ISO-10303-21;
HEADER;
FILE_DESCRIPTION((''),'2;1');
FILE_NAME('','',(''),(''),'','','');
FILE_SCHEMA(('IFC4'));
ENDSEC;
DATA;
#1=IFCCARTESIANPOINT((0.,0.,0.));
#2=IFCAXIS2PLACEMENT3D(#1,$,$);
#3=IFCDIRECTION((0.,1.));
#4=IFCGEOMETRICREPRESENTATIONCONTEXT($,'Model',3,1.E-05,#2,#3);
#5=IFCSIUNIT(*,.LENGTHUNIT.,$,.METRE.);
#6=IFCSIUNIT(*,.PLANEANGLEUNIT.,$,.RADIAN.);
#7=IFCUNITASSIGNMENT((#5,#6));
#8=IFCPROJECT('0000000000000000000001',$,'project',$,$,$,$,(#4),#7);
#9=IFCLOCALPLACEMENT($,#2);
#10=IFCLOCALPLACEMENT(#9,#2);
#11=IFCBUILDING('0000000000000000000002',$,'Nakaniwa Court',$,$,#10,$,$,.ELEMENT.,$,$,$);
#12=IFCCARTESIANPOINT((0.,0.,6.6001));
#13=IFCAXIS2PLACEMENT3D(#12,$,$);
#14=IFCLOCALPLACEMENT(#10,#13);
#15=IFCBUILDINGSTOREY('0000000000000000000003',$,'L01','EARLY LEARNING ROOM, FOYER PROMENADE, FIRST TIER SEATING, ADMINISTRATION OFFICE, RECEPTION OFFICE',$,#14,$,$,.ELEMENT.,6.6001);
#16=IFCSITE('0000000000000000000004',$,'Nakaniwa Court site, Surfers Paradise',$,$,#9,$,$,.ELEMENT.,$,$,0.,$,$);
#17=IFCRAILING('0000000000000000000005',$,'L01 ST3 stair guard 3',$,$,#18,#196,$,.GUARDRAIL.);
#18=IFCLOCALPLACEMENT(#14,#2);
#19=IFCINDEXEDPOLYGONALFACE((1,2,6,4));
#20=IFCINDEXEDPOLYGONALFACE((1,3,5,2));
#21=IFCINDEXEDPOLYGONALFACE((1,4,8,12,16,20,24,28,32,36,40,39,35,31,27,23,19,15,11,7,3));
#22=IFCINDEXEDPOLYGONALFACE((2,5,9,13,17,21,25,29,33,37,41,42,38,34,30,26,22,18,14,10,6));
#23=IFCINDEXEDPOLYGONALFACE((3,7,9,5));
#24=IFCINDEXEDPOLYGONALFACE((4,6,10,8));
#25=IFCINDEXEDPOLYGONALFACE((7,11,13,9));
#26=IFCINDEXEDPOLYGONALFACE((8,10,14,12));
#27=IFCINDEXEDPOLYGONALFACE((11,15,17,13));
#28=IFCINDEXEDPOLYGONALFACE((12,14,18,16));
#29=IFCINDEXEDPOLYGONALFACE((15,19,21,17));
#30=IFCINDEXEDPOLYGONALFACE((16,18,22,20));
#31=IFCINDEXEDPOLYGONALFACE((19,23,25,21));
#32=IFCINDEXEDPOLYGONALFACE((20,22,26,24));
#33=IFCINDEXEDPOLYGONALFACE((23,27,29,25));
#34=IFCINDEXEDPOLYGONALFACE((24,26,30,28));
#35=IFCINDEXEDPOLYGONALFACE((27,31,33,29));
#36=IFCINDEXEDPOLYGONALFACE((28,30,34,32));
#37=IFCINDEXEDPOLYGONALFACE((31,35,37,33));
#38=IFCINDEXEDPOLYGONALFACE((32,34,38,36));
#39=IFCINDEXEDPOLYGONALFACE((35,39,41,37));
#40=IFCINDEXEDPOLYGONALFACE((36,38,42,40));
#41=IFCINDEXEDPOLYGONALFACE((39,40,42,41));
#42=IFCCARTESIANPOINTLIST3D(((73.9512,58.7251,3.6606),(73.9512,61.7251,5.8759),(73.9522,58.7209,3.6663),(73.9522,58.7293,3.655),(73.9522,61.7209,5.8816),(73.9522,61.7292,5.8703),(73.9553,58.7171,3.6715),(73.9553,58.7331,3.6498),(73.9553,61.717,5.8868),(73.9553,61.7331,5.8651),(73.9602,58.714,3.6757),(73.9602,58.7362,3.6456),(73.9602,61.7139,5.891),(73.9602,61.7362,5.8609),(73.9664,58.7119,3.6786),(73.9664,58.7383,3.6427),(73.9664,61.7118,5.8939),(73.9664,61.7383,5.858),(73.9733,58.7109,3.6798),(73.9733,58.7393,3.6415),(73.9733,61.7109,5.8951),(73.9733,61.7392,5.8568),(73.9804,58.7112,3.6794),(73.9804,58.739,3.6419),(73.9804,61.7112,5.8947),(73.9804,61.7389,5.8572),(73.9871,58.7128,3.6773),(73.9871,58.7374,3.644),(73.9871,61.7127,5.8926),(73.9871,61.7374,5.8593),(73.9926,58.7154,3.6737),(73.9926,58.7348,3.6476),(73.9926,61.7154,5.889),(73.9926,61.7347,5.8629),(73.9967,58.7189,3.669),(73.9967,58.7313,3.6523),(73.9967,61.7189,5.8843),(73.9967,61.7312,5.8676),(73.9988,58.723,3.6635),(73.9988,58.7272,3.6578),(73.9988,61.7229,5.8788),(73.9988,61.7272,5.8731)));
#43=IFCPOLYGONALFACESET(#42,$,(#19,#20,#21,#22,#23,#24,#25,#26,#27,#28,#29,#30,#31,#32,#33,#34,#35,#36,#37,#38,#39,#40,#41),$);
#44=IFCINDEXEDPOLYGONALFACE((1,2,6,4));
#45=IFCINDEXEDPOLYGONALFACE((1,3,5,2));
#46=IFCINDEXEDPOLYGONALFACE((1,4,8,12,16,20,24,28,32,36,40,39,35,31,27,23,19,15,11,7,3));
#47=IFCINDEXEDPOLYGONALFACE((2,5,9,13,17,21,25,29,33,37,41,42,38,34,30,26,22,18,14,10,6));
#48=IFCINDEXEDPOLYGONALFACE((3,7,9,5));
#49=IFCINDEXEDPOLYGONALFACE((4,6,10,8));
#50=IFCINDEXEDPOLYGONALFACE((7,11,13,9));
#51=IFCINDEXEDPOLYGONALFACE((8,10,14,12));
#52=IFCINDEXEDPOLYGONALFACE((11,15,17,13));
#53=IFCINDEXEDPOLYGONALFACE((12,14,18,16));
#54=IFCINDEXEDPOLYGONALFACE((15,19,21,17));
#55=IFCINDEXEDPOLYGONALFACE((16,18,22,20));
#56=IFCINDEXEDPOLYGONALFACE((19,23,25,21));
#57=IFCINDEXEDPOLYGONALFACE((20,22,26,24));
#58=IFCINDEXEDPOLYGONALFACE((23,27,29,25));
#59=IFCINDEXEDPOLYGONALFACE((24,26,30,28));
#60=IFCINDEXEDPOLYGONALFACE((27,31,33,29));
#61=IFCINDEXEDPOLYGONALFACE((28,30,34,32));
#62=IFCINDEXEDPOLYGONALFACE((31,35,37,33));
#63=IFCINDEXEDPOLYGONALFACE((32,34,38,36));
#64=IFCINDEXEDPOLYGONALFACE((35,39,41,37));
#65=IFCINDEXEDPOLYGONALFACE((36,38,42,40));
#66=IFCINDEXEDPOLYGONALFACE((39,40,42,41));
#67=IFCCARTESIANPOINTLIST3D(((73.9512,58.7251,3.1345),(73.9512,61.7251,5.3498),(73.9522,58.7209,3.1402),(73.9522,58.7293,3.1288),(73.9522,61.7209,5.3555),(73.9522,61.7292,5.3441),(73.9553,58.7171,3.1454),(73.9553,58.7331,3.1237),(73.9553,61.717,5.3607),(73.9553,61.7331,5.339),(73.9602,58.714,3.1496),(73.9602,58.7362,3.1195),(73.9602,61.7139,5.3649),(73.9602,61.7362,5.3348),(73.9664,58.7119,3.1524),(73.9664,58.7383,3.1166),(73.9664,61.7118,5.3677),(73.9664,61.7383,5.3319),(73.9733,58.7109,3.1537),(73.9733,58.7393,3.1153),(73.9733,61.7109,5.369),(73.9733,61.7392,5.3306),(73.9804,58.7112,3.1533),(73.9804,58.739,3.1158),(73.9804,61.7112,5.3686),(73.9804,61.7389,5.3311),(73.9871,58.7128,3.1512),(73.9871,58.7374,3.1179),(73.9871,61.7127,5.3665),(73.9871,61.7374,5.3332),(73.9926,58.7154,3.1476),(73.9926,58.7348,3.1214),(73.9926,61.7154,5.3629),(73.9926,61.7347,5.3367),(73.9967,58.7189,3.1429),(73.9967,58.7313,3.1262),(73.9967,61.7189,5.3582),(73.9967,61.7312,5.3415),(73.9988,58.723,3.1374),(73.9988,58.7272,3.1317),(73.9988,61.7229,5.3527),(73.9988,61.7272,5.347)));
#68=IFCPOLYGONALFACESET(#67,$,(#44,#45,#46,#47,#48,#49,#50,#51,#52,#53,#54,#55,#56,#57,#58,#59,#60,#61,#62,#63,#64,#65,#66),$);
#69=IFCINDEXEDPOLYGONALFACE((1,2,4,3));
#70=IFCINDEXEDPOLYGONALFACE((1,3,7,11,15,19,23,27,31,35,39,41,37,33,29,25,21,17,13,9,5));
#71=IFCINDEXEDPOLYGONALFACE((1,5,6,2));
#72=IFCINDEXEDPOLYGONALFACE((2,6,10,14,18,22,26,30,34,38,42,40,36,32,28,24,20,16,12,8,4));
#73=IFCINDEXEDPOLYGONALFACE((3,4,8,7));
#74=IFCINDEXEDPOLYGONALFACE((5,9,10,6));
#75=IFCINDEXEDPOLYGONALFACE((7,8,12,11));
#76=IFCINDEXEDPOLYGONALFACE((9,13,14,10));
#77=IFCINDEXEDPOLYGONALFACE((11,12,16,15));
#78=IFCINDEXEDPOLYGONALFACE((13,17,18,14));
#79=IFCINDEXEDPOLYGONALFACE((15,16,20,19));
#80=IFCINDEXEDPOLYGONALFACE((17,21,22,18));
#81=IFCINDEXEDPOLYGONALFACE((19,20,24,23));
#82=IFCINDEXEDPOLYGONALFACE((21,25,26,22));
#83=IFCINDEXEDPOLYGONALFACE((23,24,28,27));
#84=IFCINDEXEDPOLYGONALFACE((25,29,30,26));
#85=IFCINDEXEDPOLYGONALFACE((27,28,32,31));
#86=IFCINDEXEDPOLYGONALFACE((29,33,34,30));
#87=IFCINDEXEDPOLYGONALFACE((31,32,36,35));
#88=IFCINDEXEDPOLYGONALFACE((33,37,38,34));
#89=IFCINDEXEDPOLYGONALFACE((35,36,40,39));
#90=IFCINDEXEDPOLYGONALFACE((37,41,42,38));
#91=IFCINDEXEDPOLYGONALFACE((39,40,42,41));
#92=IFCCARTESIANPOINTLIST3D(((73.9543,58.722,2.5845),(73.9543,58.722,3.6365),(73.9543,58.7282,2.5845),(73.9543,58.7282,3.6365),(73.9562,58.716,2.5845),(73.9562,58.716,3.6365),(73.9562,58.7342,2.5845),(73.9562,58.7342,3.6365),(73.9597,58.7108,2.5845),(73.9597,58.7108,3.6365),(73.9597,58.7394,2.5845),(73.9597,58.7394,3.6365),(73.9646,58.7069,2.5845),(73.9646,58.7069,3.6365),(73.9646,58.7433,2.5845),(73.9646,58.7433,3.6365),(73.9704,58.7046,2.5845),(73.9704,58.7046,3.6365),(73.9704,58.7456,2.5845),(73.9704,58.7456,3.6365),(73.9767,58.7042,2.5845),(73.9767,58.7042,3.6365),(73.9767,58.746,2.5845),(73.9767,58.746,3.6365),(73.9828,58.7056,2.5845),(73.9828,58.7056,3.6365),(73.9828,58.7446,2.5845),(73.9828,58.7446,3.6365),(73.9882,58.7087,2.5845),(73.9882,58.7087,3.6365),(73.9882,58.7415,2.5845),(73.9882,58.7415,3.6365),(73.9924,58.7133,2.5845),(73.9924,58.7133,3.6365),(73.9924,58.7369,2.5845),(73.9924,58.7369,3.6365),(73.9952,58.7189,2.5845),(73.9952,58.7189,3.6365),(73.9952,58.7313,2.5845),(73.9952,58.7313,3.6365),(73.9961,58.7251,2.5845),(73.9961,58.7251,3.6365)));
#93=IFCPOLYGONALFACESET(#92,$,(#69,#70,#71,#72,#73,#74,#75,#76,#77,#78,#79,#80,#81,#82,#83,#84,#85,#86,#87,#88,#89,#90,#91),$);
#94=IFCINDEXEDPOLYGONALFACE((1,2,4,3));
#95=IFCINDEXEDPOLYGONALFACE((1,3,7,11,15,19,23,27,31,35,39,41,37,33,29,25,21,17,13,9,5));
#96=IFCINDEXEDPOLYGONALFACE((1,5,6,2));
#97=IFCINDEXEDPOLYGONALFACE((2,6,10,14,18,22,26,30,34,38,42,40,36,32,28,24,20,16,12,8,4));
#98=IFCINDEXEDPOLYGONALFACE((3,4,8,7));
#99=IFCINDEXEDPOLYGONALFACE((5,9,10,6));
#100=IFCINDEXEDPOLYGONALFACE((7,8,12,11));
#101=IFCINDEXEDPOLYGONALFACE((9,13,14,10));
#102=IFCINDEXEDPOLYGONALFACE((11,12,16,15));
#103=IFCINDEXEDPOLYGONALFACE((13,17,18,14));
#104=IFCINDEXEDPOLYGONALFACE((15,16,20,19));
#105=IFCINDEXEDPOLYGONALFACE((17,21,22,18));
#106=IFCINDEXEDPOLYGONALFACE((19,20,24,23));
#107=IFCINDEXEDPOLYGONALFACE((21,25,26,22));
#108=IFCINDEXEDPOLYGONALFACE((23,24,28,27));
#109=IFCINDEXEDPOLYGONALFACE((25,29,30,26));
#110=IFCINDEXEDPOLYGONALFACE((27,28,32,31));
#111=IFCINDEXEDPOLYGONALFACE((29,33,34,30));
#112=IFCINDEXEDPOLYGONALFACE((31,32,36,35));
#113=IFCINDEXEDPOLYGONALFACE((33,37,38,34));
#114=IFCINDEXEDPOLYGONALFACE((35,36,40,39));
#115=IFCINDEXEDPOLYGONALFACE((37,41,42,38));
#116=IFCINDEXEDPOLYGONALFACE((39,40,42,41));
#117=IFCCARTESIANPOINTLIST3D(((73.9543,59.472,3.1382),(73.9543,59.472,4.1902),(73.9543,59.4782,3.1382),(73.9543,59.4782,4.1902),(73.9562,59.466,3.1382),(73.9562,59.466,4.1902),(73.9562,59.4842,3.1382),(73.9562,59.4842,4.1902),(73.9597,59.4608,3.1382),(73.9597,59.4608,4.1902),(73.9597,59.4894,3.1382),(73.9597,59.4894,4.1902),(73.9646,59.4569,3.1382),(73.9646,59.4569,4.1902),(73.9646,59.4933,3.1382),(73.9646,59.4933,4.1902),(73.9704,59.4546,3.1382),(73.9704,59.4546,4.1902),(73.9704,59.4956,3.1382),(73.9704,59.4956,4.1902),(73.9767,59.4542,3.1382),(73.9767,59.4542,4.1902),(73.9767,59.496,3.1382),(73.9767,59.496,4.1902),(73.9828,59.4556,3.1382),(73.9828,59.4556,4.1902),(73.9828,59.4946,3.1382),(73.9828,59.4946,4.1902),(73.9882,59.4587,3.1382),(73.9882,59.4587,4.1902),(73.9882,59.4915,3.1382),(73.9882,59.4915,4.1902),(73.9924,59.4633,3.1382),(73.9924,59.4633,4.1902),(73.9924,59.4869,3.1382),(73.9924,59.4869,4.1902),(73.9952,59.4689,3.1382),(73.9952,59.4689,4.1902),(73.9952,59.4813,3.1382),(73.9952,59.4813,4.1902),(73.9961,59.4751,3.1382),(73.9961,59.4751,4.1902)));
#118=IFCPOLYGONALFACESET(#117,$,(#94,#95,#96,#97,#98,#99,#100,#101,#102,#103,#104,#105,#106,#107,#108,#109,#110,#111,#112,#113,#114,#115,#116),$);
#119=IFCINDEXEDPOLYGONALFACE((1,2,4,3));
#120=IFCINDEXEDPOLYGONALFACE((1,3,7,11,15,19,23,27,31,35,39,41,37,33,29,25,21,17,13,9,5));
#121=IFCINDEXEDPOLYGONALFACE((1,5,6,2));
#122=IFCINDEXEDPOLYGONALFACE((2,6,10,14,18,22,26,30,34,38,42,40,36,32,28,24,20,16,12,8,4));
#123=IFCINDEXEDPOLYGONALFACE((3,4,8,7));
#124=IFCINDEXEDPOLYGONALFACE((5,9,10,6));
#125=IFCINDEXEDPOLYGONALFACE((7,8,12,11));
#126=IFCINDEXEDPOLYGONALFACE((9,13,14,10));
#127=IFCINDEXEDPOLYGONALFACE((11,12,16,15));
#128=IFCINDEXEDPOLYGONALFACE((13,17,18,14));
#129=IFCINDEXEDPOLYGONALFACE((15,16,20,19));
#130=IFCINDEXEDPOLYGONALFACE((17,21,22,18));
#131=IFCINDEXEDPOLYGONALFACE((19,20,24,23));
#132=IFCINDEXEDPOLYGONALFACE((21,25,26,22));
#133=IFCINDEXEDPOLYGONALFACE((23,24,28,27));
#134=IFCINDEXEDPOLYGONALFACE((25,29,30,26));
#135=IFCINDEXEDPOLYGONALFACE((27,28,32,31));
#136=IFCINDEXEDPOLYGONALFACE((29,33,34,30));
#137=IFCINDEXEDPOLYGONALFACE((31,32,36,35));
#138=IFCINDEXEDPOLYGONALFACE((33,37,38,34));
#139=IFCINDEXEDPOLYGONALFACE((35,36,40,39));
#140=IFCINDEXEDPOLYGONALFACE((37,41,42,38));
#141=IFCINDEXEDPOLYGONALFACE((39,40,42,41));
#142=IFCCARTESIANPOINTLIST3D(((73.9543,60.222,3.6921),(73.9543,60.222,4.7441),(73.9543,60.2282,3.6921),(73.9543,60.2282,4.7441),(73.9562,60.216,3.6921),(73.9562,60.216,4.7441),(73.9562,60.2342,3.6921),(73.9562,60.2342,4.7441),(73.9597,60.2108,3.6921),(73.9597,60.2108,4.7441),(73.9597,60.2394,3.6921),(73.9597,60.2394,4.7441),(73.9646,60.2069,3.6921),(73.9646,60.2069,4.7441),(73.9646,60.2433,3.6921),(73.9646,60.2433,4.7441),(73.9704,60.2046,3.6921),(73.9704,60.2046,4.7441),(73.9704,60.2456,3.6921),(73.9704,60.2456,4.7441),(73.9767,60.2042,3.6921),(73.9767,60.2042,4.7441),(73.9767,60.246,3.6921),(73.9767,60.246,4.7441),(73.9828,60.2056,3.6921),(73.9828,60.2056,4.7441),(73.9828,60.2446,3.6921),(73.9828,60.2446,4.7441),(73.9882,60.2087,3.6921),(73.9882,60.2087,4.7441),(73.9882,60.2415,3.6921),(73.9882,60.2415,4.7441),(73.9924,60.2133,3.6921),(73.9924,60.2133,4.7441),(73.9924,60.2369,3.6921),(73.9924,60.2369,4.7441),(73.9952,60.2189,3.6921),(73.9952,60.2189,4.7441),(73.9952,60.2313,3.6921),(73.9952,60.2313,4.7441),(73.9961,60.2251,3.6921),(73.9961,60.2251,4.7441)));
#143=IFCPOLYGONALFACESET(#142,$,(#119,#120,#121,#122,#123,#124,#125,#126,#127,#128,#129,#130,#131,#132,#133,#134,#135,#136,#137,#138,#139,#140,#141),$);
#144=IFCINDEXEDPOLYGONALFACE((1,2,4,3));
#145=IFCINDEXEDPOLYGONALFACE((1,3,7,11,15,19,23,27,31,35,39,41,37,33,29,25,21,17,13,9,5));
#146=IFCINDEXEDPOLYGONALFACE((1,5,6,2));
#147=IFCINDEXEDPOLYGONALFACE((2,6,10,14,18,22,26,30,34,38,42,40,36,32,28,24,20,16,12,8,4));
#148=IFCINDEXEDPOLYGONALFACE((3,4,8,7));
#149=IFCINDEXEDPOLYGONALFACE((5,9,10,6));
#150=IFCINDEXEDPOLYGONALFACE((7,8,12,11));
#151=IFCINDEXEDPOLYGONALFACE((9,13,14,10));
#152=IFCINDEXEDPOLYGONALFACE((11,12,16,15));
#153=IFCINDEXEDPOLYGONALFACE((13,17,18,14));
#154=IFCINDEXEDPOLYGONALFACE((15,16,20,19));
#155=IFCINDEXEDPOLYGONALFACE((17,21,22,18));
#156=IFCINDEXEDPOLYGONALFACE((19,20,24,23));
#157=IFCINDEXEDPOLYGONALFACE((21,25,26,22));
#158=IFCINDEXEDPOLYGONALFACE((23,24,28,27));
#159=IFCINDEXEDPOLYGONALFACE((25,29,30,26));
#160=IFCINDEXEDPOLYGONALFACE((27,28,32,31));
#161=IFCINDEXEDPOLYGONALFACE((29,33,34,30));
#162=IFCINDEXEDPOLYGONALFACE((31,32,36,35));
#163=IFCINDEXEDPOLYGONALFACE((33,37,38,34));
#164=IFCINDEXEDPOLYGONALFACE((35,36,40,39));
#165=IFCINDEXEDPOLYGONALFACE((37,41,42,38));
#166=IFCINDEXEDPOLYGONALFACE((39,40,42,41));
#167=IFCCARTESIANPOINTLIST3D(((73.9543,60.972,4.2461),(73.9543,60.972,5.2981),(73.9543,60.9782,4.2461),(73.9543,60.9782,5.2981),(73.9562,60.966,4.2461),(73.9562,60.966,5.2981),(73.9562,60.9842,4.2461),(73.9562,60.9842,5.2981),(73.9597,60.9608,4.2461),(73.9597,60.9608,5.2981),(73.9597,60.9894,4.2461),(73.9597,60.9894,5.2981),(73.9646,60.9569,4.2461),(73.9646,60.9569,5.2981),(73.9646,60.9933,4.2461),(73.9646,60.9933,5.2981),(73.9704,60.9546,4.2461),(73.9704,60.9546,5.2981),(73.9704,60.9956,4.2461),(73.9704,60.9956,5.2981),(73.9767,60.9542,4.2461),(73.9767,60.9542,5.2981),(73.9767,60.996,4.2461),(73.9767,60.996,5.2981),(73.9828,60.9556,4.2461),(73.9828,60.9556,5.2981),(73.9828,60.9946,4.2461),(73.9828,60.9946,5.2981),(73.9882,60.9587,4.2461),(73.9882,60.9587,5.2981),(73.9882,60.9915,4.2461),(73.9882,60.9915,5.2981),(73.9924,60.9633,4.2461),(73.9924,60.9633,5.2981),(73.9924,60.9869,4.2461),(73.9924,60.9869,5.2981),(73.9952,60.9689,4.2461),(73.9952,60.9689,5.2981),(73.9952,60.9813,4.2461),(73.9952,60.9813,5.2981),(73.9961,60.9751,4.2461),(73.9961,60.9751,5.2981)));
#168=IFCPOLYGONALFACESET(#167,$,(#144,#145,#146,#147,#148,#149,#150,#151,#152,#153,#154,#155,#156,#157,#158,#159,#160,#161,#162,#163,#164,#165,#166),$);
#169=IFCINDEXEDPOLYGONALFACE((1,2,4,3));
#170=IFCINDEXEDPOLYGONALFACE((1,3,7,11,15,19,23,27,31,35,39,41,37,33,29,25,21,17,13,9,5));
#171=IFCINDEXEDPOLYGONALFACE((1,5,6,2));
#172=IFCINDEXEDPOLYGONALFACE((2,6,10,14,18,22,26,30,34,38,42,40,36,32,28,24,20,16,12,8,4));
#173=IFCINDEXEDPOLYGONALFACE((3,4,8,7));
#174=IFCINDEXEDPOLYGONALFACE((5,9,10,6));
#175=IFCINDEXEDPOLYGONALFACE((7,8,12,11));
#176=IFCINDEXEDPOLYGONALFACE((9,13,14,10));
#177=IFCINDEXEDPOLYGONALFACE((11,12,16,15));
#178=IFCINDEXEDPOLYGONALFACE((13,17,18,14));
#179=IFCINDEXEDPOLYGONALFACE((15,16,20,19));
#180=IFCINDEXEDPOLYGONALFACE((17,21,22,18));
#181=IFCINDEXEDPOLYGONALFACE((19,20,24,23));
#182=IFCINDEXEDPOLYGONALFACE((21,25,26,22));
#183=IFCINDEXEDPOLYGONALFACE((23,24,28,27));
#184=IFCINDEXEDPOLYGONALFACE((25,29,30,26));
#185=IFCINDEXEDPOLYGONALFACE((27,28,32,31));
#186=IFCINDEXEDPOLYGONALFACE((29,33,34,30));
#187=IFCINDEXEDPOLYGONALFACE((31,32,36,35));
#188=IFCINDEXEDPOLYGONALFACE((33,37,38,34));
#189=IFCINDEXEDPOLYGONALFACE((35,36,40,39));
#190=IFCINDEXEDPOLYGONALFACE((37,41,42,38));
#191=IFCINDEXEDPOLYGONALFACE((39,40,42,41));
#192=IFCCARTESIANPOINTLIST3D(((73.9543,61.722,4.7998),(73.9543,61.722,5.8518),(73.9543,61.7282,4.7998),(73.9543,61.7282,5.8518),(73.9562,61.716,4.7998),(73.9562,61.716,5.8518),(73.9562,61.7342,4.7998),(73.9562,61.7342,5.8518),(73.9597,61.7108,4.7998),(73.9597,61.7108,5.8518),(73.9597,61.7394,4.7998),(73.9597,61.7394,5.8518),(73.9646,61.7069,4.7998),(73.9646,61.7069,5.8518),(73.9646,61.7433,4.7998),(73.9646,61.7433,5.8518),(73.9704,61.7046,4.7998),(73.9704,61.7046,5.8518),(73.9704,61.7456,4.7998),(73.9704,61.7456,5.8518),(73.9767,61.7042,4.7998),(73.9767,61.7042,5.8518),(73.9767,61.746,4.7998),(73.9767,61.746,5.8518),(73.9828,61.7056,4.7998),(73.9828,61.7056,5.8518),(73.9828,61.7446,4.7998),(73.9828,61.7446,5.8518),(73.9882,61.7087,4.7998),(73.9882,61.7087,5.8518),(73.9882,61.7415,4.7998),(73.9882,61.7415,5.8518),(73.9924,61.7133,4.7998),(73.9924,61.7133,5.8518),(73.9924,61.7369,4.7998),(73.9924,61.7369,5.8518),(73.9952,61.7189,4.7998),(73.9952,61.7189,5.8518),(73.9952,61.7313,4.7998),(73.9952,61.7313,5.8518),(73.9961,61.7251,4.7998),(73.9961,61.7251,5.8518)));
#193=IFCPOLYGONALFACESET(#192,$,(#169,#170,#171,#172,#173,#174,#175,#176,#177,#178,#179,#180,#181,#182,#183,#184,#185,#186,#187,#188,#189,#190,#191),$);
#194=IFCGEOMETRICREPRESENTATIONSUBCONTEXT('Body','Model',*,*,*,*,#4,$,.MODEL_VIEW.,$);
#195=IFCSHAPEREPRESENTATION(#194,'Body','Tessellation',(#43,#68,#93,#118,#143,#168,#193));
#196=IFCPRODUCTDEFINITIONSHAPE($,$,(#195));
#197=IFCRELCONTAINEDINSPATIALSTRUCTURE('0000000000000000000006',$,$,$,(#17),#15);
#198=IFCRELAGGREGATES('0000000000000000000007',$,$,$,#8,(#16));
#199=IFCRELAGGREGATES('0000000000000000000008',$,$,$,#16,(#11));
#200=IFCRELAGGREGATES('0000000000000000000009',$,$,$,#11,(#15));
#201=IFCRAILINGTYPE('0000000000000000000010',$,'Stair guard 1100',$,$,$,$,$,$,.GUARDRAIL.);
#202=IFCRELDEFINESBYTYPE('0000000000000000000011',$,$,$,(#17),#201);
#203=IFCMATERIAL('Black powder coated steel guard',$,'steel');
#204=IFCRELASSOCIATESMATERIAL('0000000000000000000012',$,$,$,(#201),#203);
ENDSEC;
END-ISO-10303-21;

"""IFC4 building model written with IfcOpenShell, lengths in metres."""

from ifc_helpers import new_model, si_unit, direction, frame, origin, origin_2d, place, context, subcontext, project, spatial, circle, extrude, material, type_object, element, save


model = new_model("IFC4")

# Units and contexts
model_context = context("Model", 3, precision=1e-05, world=origin(), true_north=direction((0.0, 1.0)))
body_context = subcontext(model_context, "Body", "Model", "MODEL_VIEW")
ifc_project = project(units=[si_unit("LENGTHUNIT", "METRE"), si_unit("PLANEANGLEUNIT", "RADIAN")], contexts=[model_context])

# Site, building, storey
site_placement = place(None, origin())
site = spatial("IfcSite", under=ifc_project, at=site_placement, Name="Nakaniwa Court site, Surfers Paradise", CompositionType="ELEMENT", RefElevation=0.0)
building_placement = place(site_placement, origin())
building = spatial("IfcBuilding", under=site, at=building_placement, Name="Nakaniwa Court", CompositionType="ELEMENT")
storey_placement = place(building_placement, frame((0.0, 0.0, 6.6001)))
storey = spatial("IfcBuildingStorey", under=building, at=storey_placement, Name="L01", Description="EARLY LEARNING ROOM, FOYER PROMENADE, FIRST TIER SEATING, ADMINISTRATION OFFICE, RECEPTION OFFICE", CompositionType="ELEMENT", Elevation=6.6001)

# Railing
ifc_material_1 = material(Name="Black powder coated steel guard", Category="steel")
railing_type_1 = type_object("IfcRailingType", Name="Stair guard 1100", PredefinedType="GUARDRAIL", material=ifc_material_1)
railing_1_placement = place(storey_placement, frame((73.9751, 58.7251, 2.5845)))
element("IfcRailing", 1, at=railing_1_placement, inside=storey, type_object=railing_type_1, Name="L01 ST3 stair guard 3", PredefinedType="GUARDRAIL", context=body_context, shape_type="SweptSolid", body=[
    extrude(circle(Radius=0.0239, at=origin_2d()), frame((0.0, 0.0, 1.0762), z_axis=(0.0, 0.80444, 0.594034), x_axis=(-1.0, 0.0, 0.0)), (0.0, 0.0, 1.0), 3.7292),
    extrude(circle(Radius=0.0239, at=origin_2d()), frame((0.0, 0.0, 0.55), z_axis=(0.0, 0.80444, 0.594034), x_axis=(-1.0, 0.0, 0.0)), (0.0, 0.0, 1.0), 3.7292),
    extrude(circle(Radius=0.021, at=origin_2d()), origin(), (0.0, 0.0, 1.0), 1.052),
    extrude(circle(Radius=0.021, at=origin_2d()), frame((0.0, 0.75, 0.5537)), (0.0, 0.0, 1.0), 1.052),
    extrude(circle(Radius=0.021, at=origin_2d()), frame((0.0, 1.5, 1.1077)), (0.0, 0.0, 1.0), 1.052),
    extrude(circle(Radius=0.021, at=origin_2d()), frame((0.0, 2.25, 1.6616)), (0.0, 0.0, 1.0), 1.052),
    extrude(circle(Radius=0.021, at=origin_2d()), frame((0.0, 3.0, 2.2153)), (0.0, 0.0, 1.0), 1.052),
])

save(model, "model.ifc")
